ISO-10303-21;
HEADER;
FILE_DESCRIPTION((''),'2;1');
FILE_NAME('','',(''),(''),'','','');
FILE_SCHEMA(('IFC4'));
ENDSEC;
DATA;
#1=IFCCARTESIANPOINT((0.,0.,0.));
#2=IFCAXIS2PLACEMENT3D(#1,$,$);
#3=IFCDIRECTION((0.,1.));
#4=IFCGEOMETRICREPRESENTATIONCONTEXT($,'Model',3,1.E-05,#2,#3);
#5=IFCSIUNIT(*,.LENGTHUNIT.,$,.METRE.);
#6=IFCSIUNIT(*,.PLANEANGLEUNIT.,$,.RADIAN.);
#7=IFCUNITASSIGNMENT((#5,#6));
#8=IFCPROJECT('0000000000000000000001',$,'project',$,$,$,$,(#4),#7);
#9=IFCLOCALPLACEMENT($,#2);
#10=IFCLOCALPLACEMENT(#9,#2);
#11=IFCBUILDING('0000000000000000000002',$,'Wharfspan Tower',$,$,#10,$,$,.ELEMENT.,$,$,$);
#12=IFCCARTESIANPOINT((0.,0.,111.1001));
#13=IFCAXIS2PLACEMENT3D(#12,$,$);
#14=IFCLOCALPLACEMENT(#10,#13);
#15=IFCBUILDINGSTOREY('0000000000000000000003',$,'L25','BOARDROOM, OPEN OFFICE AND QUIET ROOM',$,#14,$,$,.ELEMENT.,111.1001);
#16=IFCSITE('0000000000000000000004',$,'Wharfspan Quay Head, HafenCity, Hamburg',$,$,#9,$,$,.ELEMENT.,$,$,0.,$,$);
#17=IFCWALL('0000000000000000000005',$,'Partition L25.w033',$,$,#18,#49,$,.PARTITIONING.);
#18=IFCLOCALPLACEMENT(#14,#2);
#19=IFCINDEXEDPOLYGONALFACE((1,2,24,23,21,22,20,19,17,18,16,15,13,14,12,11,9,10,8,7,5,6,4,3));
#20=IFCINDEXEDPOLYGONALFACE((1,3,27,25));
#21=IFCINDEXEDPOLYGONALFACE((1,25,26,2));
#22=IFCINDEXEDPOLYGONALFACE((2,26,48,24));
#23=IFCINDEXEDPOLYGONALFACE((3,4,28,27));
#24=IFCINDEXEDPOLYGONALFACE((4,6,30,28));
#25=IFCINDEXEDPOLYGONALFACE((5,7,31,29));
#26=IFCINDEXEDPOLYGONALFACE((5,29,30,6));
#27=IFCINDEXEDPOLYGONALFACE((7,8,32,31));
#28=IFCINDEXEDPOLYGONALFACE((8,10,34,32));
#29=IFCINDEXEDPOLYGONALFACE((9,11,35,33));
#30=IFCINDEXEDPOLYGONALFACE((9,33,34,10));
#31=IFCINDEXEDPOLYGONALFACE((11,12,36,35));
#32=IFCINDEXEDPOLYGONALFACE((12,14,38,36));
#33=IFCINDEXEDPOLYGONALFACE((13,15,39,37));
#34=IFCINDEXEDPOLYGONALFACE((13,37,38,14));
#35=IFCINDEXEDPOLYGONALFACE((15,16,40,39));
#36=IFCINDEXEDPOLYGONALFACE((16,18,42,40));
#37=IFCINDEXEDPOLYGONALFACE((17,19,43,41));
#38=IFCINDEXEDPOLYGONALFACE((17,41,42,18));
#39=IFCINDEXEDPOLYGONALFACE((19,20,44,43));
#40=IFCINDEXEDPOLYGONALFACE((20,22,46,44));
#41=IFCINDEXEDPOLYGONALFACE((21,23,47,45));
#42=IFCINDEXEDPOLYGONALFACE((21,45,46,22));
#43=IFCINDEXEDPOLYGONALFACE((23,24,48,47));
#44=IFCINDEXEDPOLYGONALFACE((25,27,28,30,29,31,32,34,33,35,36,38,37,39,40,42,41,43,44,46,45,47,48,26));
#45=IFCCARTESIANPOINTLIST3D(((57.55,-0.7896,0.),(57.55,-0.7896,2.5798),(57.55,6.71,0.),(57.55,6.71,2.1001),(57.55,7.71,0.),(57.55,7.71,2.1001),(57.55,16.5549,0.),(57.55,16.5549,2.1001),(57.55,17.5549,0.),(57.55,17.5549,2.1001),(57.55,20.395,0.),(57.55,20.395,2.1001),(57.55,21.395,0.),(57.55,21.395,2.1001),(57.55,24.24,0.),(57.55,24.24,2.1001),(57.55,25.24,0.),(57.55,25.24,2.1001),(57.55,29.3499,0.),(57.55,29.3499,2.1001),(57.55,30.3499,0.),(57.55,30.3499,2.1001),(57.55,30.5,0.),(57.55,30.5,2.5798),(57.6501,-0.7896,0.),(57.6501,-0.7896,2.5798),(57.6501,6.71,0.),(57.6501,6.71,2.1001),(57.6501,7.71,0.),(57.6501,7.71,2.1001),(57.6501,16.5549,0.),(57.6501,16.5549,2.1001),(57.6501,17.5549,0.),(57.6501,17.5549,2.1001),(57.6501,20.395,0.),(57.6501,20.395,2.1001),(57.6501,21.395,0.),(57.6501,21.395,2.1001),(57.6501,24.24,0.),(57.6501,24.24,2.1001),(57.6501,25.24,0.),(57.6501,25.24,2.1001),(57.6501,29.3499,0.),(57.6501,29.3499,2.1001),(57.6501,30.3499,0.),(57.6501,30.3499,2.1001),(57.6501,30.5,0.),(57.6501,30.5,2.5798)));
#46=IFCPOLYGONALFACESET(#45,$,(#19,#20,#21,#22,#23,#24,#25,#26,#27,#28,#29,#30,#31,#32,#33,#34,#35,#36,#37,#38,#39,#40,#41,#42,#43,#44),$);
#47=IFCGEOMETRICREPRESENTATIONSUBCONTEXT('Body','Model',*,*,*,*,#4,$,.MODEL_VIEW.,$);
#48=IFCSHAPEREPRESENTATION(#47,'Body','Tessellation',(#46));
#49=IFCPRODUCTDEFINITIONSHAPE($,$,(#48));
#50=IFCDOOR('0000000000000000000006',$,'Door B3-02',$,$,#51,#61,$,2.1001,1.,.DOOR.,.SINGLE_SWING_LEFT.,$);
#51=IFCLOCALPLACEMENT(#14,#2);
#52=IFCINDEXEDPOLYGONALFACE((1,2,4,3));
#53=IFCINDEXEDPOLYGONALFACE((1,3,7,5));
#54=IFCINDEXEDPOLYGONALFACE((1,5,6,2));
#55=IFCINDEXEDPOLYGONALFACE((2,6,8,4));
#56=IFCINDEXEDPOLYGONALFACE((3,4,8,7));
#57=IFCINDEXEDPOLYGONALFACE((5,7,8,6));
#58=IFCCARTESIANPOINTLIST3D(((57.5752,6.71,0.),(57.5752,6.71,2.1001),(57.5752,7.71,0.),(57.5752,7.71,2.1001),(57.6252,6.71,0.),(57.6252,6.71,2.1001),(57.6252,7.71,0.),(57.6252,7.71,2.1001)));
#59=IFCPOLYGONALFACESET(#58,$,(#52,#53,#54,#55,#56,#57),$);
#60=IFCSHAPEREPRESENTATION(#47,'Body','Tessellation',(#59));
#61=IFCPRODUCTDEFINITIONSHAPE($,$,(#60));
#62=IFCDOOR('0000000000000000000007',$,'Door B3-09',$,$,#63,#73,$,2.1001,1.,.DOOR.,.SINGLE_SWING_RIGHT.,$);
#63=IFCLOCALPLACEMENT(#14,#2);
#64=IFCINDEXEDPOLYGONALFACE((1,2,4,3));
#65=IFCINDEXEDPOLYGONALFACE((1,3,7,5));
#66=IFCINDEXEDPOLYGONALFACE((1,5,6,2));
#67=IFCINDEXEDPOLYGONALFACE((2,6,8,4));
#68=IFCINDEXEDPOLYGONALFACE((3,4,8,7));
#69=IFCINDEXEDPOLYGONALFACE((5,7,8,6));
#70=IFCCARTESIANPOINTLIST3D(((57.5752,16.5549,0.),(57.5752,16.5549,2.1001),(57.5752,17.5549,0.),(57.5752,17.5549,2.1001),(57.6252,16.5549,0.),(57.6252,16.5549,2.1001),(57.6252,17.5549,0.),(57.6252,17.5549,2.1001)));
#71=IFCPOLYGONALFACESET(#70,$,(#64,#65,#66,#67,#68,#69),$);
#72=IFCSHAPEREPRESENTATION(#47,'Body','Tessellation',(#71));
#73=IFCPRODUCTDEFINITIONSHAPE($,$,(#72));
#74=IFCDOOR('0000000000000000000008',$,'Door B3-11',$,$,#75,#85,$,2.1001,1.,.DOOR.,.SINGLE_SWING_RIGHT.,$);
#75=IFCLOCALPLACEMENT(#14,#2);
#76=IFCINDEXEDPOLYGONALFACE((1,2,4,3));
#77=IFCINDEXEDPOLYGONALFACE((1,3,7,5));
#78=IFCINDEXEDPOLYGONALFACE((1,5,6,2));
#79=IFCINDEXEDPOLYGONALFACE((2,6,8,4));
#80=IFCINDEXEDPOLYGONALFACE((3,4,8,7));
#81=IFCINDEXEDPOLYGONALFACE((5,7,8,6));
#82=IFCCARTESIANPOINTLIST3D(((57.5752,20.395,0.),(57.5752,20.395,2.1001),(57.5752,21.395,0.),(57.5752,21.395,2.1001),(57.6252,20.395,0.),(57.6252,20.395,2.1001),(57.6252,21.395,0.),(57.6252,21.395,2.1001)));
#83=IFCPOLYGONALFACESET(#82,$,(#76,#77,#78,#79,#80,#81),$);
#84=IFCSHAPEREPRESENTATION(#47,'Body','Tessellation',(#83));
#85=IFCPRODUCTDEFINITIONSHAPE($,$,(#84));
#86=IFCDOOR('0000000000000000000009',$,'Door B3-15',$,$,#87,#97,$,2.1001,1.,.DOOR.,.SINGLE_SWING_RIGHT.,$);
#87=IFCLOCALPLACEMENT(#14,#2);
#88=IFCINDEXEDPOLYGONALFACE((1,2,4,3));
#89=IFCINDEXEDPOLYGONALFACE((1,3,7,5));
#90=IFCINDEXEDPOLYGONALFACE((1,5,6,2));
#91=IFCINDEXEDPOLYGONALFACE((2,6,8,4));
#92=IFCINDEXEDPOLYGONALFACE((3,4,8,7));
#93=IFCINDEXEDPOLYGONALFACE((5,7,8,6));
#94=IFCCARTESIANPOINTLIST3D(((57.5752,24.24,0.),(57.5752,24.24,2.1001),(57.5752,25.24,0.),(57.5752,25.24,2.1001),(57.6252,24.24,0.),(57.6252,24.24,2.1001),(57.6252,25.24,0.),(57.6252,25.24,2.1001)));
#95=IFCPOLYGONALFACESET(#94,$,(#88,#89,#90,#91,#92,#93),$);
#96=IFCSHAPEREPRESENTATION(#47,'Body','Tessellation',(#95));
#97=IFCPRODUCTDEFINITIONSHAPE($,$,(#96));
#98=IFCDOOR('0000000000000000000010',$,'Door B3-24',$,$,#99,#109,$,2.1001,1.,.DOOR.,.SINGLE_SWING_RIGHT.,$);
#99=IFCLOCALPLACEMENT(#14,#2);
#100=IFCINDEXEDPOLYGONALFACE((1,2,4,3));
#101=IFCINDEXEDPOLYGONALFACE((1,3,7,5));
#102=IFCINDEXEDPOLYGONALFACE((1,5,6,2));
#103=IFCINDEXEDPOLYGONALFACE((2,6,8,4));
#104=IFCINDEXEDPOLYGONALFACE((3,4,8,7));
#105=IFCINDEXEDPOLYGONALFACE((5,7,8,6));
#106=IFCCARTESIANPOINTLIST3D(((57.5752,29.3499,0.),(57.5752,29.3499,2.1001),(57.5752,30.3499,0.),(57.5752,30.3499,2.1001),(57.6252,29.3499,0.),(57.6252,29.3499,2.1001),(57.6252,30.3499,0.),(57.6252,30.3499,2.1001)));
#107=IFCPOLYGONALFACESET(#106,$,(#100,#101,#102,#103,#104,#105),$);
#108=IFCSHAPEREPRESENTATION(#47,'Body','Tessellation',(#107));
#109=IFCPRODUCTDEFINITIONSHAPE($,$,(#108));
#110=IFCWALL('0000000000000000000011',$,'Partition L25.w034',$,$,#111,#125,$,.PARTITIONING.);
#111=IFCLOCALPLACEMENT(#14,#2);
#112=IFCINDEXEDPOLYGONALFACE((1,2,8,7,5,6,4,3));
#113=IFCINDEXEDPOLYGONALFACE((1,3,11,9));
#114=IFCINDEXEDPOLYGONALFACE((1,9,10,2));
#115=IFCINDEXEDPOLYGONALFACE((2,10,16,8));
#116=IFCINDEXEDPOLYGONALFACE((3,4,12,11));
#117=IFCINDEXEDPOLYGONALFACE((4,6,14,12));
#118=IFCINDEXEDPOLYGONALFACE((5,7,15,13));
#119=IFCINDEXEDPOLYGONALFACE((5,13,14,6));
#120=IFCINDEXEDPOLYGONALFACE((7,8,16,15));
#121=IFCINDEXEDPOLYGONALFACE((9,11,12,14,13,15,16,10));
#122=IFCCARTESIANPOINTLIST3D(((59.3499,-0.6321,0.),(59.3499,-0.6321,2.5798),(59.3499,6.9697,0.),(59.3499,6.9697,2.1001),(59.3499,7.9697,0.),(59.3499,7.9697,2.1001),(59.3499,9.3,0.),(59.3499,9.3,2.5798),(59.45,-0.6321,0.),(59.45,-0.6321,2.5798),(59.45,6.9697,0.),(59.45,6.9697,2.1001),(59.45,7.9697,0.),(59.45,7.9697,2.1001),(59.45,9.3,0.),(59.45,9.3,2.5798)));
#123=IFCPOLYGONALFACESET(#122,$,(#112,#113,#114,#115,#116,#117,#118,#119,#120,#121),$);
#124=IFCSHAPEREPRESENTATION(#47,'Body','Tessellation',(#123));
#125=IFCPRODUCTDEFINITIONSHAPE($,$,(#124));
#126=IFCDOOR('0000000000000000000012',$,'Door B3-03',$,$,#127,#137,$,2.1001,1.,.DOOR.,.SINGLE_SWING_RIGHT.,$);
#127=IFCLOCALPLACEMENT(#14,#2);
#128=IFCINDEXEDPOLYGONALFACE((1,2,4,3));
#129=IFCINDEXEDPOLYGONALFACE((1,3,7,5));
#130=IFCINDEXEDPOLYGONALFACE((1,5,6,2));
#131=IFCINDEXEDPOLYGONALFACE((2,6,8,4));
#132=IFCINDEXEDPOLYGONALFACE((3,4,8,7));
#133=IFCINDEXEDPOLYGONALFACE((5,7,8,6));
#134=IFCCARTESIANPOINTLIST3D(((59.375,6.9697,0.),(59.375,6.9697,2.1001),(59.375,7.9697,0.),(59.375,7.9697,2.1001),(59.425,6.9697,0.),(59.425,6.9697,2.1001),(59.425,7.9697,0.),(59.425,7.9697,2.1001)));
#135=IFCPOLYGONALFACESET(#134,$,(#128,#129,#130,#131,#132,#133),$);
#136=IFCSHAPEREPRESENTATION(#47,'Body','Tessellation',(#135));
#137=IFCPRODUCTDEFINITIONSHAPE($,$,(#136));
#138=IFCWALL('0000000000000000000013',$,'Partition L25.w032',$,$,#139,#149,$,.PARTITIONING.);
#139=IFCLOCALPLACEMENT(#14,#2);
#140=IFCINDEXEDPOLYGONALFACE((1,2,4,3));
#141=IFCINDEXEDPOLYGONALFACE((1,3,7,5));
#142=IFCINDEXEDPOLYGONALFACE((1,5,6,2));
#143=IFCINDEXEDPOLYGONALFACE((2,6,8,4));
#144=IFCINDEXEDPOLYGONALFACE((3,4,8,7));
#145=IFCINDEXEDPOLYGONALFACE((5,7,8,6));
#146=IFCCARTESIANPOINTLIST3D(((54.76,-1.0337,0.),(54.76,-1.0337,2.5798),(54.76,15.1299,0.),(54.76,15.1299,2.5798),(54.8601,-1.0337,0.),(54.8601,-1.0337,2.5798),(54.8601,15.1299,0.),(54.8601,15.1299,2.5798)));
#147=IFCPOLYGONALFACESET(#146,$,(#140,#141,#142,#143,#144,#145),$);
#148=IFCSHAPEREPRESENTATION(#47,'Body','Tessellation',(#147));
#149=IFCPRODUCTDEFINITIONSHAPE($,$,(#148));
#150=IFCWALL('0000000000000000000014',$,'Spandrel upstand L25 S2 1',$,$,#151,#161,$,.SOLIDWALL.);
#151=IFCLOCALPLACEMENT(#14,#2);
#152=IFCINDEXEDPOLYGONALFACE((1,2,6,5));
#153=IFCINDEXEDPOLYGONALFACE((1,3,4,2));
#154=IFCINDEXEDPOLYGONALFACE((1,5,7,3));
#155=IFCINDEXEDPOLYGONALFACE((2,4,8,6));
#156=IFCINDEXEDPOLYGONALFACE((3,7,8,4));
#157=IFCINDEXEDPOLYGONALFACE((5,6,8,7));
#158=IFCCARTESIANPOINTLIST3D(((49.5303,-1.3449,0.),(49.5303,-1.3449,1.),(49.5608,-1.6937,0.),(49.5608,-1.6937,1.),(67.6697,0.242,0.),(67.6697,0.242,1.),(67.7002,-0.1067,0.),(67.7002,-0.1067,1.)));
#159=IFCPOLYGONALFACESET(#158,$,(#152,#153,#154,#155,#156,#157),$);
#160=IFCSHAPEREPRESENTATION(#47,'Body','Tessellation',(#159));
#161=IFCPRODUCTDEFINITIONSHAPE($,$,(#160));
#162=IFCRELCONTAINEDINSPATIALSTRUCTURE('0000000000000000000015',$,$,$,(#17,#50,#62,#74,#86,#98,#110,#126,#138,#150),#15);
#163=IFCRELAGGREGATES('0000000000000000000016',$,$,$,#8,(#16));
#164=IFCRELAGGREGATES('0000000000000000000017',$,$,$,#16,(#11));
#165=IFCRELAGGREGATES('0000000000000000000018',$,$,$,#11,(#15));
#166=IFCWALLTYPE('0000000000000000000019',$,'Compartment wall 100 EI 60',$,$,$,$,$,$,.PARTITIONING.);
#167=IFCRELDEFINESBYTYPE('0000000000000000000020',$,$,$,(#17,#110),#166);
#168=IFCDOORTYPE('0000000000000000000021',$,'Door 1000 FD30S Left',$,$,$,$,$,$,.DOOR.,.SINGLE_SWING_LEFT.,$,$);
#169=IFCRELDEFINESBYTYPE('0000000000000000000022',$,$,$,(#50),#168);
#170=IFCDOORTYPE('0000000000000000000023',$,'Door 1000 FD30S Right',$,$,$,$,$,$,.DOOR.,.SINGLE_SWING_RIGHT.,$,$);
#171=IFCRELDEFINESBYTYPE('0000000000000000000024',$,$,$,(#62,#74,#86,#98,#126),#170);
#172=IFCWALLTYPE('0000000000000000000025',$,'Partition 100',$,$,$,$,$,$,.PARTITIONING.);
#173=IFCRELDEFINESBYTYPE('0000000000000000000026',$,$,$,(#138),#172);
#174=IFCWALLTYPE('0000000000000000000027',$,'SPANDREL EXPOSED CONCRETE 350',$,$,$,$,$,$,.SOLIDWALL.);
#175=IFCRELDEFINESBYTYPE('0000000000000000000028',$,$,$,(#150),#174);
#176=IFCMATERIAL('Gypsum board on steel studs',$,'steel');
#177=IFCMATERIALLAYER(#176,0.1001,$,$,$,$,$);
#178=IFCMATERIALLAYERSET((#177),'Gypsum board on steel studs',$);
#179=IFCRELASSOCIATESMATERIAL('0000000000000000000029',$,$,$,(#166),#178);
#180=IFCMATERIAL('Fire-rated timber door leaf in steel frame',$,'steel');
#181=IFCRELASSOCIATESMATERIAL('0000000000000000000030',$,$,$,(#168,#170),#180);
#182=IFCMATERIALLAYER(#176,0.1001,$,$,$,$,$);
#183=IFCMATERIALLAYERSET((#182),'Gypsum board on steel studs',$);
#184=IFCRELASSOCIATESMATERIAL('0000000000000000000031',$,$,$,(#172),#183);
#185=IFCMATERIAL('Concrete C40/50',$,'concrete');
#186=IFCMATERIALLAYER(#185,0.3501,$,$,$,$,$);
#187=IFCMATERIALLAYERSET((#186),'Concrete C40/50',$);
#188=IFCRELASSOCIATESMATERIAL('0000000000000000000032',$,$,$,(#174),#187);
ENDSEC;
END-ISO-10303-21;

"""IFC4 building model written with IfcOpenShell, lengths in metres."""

from ifc_helpers import new_model, si_unit, direction, frame, frame_2d, origin, place, context, subcontext, project, spatial, rectangle, extrude, material, layer, layer_set, type_object, element, fill, save


model = new_model("IFC4")

# Units and contexts
model_context = context("Model", 3, precision=1e-05, world=origin(), true_north=direction((0.0, 1.0)))
body_context = subcontext(model_context, "Body", "Model", "MODEL_VIEW")
ifc_project = project(units=[si_unit("LENGTHUNIT", "METRE"), si_unit("PLANEANGLEUNIT", "RADIAN")], contexts=[model_context])

# Site, building, storey
site_placement = place(None, origin())
site = spatial("IfcSite", under=ifc_project, at=site_placement, Name="Wharfspan Quay Head, HafenCity, Hamburg", CompositionType="ELEMENT", RefElevation=0.0)
building_placement = place(site_placement, origin())
building = spatial("IfcBuilding", under=site, at=building_placement, Name="Wharfspan Tower", CompositionType="ELEMENT")
storey_placement = place(building_placement, frame((0.0, 0.0, 111.1001)))
storey = spatial("IfcBuildingStorey", under=building, at=storey_placement, Name="L25", Description="BOARDROOM, OPEN OFFICE AND QUIET ROOM", CompositionType="ELEMENT", Elevation=111.1001)

# Shared definitions
ifc_material_1 = material(Name="Gypsum board on steel studs", Category="steel")
ifc_layer_1 = layer(ifc_material_1, 0.1001)
ifc_layer_set_1 = layer_set([ifc_layer_1], Name="Gypsum board on steel studs")
wall_type_1 = type_object("IfcWallType", Name="Compartment wall 100 EI 60", PredefinedType="PARTITIONING", material=ifc_layer_set_1)

# Wall, openings, doors
wall_1_placement = place(storey_placement, frame((57.6001, -0.7896, 0.0), z_axis=(0.0, 0.0, 1.0), x_axis=(0.0, 1.0, 0.0)))
wall_1 = element("IfcWall", 1, at=wall_1_placement, inside=storey, type_object=wall_type_1, Name="Partition L25.w033", PredefinedType="PARTITIONING", context=body_context, shape_type="SweptSolid", body=[
    extrude(rectangle(XDim=31.2896, YDim=0.1001, at=frame_2d((15.6448, 0.0))), origin(), (0.0, 0.0, 1.0), 2.5798),
])
opening_1_placement = place(wall_1_placement, frame((7.4995, 0.0, 0.0)))
opening_1 = element("IfcOpeningElement", 2, at=opening_1_placement, cuts=wall_1, PredefinedType="OPENING", context=body_context, shape_type="SweptSolid", body=[
    extrude(rectangle(XDim=1.0, YDim=2.1001, at=frame_2d((0.5, 1.05))), frame((0.0, 0.0601, 0.0), z_axis=(0.0, -1.0, 0.0), x_axis=(1.0, 0.0, 0.0)), (0.0, 0.0, 1.0), 0.1201),
])
opening_2_placement = place(wall_1_placement, frame((17.3445, 0.0, 0.0)))
opening_2 = element("IfcOpeningElement", 3, at=opening_2_placement, cuts=wall_1, PredefinedType="OPENING", context=body_context, shape_type="SweptSolid", body=[
    extrude(rectangle(XDim=1.0, YDim=2.1001, at=frame_2d((0.5, 1.05))), frame((0.0, 0.0601, 0.0), z_axis=(0.0, -1.0, 0.0), x_axis=(1.0, 0.0, 0.0)), (0.0, 0.0, 1.0), 0.1201),
])
opening_3_placement = place(wall_1_placement, frame((21.1846, 0.0, 0.0)))
opening_3 = element("IfcOpeningElement", 4, at=opening_3_placement, cuts=wall_1, PredefinedType="OPENING", context=body_context, shape_type="SweptSolid", body=[
    extrude(rectangle(XDim=1.0, YDim=2.1001, at=frame_2d((0.5, 1.05))), frame((0.0, 0.0601, 0.0), z_axis=(0.0, -1.0, 0.0), x_axis=(1.0, 0.0, 0.0)), (0.0, 0.0, 1.0), 0.1201),
])
opening_4_placement = place(wall_1_placement, frame((25.0295, 0.0, 0.0)))
opening_4 = element("IfcOpeningElement", 5, at=opening_4_placement, cuts=wall_1, PredefinedType="OPENING", context=body_context, shape_type="SweptSolid", body=[
    extrude(rectangle(XDim=1.0, YDim=2.1001, at=frame_2d((0.5, 1.05))), frame((0.0, 0.0601, 0.0), z_axis=(0.0, -1.0, 0.0), x_axis=(1.0, 0.0, 0.0)), (0.0, 0.0, 1.0), 0.1201),
])
opening_5_placement = place(wall_1_placement, frame((30.1394, 0.0, 0.0)))
opening_5 = element("IfcOpeningElement", 6, at=opening_5_placement, cuts=wall_1, PredefinedType="OPENING", context=body_context, shape_type="SweptSolid", body=[
    extrude(rectangle(XDim=1.0, YDim=2.1001, at=frame_2d((0.5, 1.05))), frame((0.0, 0.0601, 0.0), z_axis=(0.0, -1.0, 0.0), x_axis=(1.0, 0.0, 0.0)), (0.0, 0.0, 1.0), 0.1201),
])
ifc_material_2 = material(Name="Fire-rated timber door leaf in steel frame", Category="steel")
door_type_1 = type_object("IfcDoorType", Name="Door 1000 FD30S Left", OperationType="SINGLE_SWING_LEFT", PredefinedType="DOOR", material=ifc_material_2)
door_1_placement = place(opening_1_placement, origin())
door_1 = element("IfcDoor", 7, at=door_1_placement, inside=storey, type_object=door_type_1, Name="Door B3-02", OperationType="SINGLE_SWING_LEFT", OverallHeight=2.1001, OverallWidth=1.0, PredefinedType="DOOR", context=body_context, shape_type="SweptSolid", body=[
    extrude(rectangle(XDim=1.0, YDim=2.1001, at=frame_2d((0.5, 1.05))), frame((0.0, 0.0249, 0.0), z_axis=(0.0, -1.0, 0.0), x_axis=(1.0, 0.0, 0.0)), (0.0, 0.0, 1.0), 0.05),
])
fill(opening_1, door_1)
door_type_2 = type_object("IfcDoorType", Name="Door 1000 FD30S Right", OperationType="SINGLE_SWING_RIGHT", PredefinedType="DOOR", material=ifc_material_2)
door_2_placement = place(opening_2_placement, origin())
door_2 = element("IfcDoor", 8, at=door_2_placement, inside=storey, type_object=door_type_2, Name="Door B3-09", OperationType="SINGLE_SWING_RIGHT", OverallHeight=2.1001, OverallWidth=1.0, PredefinedType="DOOR", context=body_context, shape_type="SweptSolid", body=[
    extrude(rectangle(XDim=1.0, YDim=2.1001, at=frame_2d((0.5, 1.05))), frame((0.0, 0.0249, 0.0), z_axis=(0.0, -1.0, 0.0), x_axis=(1.0, 0.0, 0.0)), (0.0, 0.0, 1.0), 0.05),
])
fill(opening_2, door_2)
door_3_placement = place(opening_3_placement, origin())
door_3 = element("IfcDoor", 9, at=door_3_placement, inside=storey, type_object=door_type_2, Name="Door B3-11", OperationType="SINGLE_SWING_RIGHT", OverallHeight=2.1001, OverallWidth=1.0, PredefinedType="DOOR", context=body_context, shape_type="SweptSolid", body=[
    extrude(rectangle(XDim=1.0, YDim=2.1001, at=frame_2d((0.5, 1.05))), frame((0.0, 0.0249, 0.0), z_axis=(0.0, -1.0, 0.0), x_axis=(1.0, 0.0, 0.0)), (0.0, 0.0, 1.0), 0.05),
])
fill(opening_3, door_3)
door_4_placement = place(opening_4_placement, origin())
door_4 = element("IfcDoor", 10, at=door_4_placement, inside=storey, type_object=door_type_2, Name="Door B3-15", OperationType="SINGLE_SWING_RIGHT", OverallHeight=2.1001, OverallWidth=1.0, PredefinedType="DOOR", context=body_context, shape_type="SweptSolid", body=[
    extrude(rectangle(XDim=1.0, YDim=2.1001, at=frame_2d((0.5, 1.05))), frame((0.0, 0.0249, 0.0), z_axis=(0.0, -1.0, 0.0), x_axis=(1.0, 0.0, 0.0)), (0.0, 0.0, 1.0), 0.05),
])
fill(opening_4, door_4)
door_5_placement = place(opening_5_placement, origin())
door_5 = element("IfcDoor", 11, at=door_5_placement, inside=storey, type_object=door_type_2, Name="Door B3-24", OperationType="SINGLE_SWING_RIGHT", OverallHeight=2.1001, OverallWidth=1.0, PredefinedType="DOOR", context=body_context, shape_type="SweptSolid", body=[
    extrude(rectangle(XDim=1.0, YDim=2.1001, at=frame_2d((0.5, 1.05))), frame((0.0, 0.0249, 0.0), z_axis=(0.0, -1.0, 0.0), x_axis=(1.0, 0.0, 0.0)), (0.0, 0.0, 1.0), 0.05),
])
fill(opening_5, door_5)

# Wall, opening, door
wall_2_placement = place(storey_placement, frame((59.3999, -0.6321, 0.0), z_axis=(0.0, 0.0, 1.0), x_axis=(0.0, 1.0, 0.0)))
wall_2 = element("IfcWall", 12, at=wall_2_placement, inside=storey, type_object=wall_type_1, Name="Partition L25.w034", PredefinedType="PARTITIONING", context=body_context, shape_type="SweptSolid", body=[
    extrude(rectangle(XDim=9.9321, YDim=0.1001, at=frame_2d((4.9661, 0.0))), origin(), (0.0, 0.0, 1.0), 2.5798),
])
opening_6_placement = place(wall_2_placement, frame((7.6018, 0.0, 0.0)))
opening_6 = element("IfcOpeningElement", 13, at=opening_6_placement, cuts=wall_2, PredefinedType="OPENING", context=body_context, shape_type="SweptSolid", body=[
    extrude(rectangle(XDim=1.0, YDim=2.1001, at=frame_2d((0.5, 1.05))), frame((0.0, 0.0601, 0.0), z_axis=(0.0, -1.0, 0.0), x_axis=(1.0, 0.0, 0.0)), (0.0, 0.0, 1.0), 0.1201),
])
door_6_placement = place(opening_6_placement, origin())
door_6 = element("IfcDoor", 14, at=door_6_placement, inside=storey, type_object=door_type_2, Name="Door B3-03", OperationType="SINGLE_SWING_RIGHT", OverallHeight=2.1001, OverallWidth=1.0, PredefinedType="DOOR", context=body_context, shape_type="SweptSolid", body=[
    extrude(rectangle(XDim=1.0, YDim=2.1001, at=frame_2d((0.5, 1.05))), frame((0.0, 0.0249, 0.0), z_axis=(0.0, -1.0, 0.0), x_axis=(1.0, 0.0, 0.0)), (0.0, 0.0, 1.0), 0.05),
])
fill(opening_6, door_6)

# Walls
ifc_layer_2 = layer(ifc_material_1, 0.1001)
ifc_layer_set_2 = layer_set([ifc_layer_2], Name="Gypsum board on steel studs")
wall_type_2 = type_object("IfcWallType", Name="Partition 100", PredefinedType="PARTITIONING", material=ifc_layer_set_2)
wall_3_placement = place(storey_placement, frame((54.8101, -1.0337, 0.0), z_axis=(0.0, 0.0, 1.0), x_axis=(0.0, 1.0, 0.0)))
element("IfcWall", 15, at=wall_3_placement, inside=storey, type_object=wall_type_2, Name="Partition L25.w032", PredefinedType="PARTITIONING", context=body_context, shape_type="SweptSolid", body=[
    extrude(rectangle(XDim=16.1636, YDim=0.1001, at=frame_2d((8.0818, 0.0))), origin(), (0.0, 0.0, 1.0), 2.5798),
])
ifc_material_3 = material(Name="Concrete C40/50", Category="concrete")
ifc_layer_3 = layer(ifc_material_3, 0.3501)
ifc_layer_set_3 = layer_set([ifc_layer_3], Name="Concrete C40/50")
wall_type_3 = type_object("IfcWallType", Name="SPANDREL EXPOSED CONCRETE 350", PredefinedType="SOLIDWALL", material=ifc_layer_set_3)
wall_4_placement = place(storey_placement, frame((49.5454, -1.5193, 0.0), z_axis=(0.0, 0.0, 1.0), x_axis=(0.996191, 0.087151, 0.0)))
element("IfcWall", 16, at=wall_4_placement, inside=storey, type_object=wall_type_3, Name="Spandrel upstand L25 S2 1", PredefinedType="SOLIDWALL", context=body_context, shape_type="SweptSolid", body=[
    extrude(rectangle(XDim=18.2087, YDim=0.3501, at=frame_2d((9.1045, 0.0))), origin(), (0.0, 0.0, 1.0), 1.0),
])

save(model, "model.ifc")
